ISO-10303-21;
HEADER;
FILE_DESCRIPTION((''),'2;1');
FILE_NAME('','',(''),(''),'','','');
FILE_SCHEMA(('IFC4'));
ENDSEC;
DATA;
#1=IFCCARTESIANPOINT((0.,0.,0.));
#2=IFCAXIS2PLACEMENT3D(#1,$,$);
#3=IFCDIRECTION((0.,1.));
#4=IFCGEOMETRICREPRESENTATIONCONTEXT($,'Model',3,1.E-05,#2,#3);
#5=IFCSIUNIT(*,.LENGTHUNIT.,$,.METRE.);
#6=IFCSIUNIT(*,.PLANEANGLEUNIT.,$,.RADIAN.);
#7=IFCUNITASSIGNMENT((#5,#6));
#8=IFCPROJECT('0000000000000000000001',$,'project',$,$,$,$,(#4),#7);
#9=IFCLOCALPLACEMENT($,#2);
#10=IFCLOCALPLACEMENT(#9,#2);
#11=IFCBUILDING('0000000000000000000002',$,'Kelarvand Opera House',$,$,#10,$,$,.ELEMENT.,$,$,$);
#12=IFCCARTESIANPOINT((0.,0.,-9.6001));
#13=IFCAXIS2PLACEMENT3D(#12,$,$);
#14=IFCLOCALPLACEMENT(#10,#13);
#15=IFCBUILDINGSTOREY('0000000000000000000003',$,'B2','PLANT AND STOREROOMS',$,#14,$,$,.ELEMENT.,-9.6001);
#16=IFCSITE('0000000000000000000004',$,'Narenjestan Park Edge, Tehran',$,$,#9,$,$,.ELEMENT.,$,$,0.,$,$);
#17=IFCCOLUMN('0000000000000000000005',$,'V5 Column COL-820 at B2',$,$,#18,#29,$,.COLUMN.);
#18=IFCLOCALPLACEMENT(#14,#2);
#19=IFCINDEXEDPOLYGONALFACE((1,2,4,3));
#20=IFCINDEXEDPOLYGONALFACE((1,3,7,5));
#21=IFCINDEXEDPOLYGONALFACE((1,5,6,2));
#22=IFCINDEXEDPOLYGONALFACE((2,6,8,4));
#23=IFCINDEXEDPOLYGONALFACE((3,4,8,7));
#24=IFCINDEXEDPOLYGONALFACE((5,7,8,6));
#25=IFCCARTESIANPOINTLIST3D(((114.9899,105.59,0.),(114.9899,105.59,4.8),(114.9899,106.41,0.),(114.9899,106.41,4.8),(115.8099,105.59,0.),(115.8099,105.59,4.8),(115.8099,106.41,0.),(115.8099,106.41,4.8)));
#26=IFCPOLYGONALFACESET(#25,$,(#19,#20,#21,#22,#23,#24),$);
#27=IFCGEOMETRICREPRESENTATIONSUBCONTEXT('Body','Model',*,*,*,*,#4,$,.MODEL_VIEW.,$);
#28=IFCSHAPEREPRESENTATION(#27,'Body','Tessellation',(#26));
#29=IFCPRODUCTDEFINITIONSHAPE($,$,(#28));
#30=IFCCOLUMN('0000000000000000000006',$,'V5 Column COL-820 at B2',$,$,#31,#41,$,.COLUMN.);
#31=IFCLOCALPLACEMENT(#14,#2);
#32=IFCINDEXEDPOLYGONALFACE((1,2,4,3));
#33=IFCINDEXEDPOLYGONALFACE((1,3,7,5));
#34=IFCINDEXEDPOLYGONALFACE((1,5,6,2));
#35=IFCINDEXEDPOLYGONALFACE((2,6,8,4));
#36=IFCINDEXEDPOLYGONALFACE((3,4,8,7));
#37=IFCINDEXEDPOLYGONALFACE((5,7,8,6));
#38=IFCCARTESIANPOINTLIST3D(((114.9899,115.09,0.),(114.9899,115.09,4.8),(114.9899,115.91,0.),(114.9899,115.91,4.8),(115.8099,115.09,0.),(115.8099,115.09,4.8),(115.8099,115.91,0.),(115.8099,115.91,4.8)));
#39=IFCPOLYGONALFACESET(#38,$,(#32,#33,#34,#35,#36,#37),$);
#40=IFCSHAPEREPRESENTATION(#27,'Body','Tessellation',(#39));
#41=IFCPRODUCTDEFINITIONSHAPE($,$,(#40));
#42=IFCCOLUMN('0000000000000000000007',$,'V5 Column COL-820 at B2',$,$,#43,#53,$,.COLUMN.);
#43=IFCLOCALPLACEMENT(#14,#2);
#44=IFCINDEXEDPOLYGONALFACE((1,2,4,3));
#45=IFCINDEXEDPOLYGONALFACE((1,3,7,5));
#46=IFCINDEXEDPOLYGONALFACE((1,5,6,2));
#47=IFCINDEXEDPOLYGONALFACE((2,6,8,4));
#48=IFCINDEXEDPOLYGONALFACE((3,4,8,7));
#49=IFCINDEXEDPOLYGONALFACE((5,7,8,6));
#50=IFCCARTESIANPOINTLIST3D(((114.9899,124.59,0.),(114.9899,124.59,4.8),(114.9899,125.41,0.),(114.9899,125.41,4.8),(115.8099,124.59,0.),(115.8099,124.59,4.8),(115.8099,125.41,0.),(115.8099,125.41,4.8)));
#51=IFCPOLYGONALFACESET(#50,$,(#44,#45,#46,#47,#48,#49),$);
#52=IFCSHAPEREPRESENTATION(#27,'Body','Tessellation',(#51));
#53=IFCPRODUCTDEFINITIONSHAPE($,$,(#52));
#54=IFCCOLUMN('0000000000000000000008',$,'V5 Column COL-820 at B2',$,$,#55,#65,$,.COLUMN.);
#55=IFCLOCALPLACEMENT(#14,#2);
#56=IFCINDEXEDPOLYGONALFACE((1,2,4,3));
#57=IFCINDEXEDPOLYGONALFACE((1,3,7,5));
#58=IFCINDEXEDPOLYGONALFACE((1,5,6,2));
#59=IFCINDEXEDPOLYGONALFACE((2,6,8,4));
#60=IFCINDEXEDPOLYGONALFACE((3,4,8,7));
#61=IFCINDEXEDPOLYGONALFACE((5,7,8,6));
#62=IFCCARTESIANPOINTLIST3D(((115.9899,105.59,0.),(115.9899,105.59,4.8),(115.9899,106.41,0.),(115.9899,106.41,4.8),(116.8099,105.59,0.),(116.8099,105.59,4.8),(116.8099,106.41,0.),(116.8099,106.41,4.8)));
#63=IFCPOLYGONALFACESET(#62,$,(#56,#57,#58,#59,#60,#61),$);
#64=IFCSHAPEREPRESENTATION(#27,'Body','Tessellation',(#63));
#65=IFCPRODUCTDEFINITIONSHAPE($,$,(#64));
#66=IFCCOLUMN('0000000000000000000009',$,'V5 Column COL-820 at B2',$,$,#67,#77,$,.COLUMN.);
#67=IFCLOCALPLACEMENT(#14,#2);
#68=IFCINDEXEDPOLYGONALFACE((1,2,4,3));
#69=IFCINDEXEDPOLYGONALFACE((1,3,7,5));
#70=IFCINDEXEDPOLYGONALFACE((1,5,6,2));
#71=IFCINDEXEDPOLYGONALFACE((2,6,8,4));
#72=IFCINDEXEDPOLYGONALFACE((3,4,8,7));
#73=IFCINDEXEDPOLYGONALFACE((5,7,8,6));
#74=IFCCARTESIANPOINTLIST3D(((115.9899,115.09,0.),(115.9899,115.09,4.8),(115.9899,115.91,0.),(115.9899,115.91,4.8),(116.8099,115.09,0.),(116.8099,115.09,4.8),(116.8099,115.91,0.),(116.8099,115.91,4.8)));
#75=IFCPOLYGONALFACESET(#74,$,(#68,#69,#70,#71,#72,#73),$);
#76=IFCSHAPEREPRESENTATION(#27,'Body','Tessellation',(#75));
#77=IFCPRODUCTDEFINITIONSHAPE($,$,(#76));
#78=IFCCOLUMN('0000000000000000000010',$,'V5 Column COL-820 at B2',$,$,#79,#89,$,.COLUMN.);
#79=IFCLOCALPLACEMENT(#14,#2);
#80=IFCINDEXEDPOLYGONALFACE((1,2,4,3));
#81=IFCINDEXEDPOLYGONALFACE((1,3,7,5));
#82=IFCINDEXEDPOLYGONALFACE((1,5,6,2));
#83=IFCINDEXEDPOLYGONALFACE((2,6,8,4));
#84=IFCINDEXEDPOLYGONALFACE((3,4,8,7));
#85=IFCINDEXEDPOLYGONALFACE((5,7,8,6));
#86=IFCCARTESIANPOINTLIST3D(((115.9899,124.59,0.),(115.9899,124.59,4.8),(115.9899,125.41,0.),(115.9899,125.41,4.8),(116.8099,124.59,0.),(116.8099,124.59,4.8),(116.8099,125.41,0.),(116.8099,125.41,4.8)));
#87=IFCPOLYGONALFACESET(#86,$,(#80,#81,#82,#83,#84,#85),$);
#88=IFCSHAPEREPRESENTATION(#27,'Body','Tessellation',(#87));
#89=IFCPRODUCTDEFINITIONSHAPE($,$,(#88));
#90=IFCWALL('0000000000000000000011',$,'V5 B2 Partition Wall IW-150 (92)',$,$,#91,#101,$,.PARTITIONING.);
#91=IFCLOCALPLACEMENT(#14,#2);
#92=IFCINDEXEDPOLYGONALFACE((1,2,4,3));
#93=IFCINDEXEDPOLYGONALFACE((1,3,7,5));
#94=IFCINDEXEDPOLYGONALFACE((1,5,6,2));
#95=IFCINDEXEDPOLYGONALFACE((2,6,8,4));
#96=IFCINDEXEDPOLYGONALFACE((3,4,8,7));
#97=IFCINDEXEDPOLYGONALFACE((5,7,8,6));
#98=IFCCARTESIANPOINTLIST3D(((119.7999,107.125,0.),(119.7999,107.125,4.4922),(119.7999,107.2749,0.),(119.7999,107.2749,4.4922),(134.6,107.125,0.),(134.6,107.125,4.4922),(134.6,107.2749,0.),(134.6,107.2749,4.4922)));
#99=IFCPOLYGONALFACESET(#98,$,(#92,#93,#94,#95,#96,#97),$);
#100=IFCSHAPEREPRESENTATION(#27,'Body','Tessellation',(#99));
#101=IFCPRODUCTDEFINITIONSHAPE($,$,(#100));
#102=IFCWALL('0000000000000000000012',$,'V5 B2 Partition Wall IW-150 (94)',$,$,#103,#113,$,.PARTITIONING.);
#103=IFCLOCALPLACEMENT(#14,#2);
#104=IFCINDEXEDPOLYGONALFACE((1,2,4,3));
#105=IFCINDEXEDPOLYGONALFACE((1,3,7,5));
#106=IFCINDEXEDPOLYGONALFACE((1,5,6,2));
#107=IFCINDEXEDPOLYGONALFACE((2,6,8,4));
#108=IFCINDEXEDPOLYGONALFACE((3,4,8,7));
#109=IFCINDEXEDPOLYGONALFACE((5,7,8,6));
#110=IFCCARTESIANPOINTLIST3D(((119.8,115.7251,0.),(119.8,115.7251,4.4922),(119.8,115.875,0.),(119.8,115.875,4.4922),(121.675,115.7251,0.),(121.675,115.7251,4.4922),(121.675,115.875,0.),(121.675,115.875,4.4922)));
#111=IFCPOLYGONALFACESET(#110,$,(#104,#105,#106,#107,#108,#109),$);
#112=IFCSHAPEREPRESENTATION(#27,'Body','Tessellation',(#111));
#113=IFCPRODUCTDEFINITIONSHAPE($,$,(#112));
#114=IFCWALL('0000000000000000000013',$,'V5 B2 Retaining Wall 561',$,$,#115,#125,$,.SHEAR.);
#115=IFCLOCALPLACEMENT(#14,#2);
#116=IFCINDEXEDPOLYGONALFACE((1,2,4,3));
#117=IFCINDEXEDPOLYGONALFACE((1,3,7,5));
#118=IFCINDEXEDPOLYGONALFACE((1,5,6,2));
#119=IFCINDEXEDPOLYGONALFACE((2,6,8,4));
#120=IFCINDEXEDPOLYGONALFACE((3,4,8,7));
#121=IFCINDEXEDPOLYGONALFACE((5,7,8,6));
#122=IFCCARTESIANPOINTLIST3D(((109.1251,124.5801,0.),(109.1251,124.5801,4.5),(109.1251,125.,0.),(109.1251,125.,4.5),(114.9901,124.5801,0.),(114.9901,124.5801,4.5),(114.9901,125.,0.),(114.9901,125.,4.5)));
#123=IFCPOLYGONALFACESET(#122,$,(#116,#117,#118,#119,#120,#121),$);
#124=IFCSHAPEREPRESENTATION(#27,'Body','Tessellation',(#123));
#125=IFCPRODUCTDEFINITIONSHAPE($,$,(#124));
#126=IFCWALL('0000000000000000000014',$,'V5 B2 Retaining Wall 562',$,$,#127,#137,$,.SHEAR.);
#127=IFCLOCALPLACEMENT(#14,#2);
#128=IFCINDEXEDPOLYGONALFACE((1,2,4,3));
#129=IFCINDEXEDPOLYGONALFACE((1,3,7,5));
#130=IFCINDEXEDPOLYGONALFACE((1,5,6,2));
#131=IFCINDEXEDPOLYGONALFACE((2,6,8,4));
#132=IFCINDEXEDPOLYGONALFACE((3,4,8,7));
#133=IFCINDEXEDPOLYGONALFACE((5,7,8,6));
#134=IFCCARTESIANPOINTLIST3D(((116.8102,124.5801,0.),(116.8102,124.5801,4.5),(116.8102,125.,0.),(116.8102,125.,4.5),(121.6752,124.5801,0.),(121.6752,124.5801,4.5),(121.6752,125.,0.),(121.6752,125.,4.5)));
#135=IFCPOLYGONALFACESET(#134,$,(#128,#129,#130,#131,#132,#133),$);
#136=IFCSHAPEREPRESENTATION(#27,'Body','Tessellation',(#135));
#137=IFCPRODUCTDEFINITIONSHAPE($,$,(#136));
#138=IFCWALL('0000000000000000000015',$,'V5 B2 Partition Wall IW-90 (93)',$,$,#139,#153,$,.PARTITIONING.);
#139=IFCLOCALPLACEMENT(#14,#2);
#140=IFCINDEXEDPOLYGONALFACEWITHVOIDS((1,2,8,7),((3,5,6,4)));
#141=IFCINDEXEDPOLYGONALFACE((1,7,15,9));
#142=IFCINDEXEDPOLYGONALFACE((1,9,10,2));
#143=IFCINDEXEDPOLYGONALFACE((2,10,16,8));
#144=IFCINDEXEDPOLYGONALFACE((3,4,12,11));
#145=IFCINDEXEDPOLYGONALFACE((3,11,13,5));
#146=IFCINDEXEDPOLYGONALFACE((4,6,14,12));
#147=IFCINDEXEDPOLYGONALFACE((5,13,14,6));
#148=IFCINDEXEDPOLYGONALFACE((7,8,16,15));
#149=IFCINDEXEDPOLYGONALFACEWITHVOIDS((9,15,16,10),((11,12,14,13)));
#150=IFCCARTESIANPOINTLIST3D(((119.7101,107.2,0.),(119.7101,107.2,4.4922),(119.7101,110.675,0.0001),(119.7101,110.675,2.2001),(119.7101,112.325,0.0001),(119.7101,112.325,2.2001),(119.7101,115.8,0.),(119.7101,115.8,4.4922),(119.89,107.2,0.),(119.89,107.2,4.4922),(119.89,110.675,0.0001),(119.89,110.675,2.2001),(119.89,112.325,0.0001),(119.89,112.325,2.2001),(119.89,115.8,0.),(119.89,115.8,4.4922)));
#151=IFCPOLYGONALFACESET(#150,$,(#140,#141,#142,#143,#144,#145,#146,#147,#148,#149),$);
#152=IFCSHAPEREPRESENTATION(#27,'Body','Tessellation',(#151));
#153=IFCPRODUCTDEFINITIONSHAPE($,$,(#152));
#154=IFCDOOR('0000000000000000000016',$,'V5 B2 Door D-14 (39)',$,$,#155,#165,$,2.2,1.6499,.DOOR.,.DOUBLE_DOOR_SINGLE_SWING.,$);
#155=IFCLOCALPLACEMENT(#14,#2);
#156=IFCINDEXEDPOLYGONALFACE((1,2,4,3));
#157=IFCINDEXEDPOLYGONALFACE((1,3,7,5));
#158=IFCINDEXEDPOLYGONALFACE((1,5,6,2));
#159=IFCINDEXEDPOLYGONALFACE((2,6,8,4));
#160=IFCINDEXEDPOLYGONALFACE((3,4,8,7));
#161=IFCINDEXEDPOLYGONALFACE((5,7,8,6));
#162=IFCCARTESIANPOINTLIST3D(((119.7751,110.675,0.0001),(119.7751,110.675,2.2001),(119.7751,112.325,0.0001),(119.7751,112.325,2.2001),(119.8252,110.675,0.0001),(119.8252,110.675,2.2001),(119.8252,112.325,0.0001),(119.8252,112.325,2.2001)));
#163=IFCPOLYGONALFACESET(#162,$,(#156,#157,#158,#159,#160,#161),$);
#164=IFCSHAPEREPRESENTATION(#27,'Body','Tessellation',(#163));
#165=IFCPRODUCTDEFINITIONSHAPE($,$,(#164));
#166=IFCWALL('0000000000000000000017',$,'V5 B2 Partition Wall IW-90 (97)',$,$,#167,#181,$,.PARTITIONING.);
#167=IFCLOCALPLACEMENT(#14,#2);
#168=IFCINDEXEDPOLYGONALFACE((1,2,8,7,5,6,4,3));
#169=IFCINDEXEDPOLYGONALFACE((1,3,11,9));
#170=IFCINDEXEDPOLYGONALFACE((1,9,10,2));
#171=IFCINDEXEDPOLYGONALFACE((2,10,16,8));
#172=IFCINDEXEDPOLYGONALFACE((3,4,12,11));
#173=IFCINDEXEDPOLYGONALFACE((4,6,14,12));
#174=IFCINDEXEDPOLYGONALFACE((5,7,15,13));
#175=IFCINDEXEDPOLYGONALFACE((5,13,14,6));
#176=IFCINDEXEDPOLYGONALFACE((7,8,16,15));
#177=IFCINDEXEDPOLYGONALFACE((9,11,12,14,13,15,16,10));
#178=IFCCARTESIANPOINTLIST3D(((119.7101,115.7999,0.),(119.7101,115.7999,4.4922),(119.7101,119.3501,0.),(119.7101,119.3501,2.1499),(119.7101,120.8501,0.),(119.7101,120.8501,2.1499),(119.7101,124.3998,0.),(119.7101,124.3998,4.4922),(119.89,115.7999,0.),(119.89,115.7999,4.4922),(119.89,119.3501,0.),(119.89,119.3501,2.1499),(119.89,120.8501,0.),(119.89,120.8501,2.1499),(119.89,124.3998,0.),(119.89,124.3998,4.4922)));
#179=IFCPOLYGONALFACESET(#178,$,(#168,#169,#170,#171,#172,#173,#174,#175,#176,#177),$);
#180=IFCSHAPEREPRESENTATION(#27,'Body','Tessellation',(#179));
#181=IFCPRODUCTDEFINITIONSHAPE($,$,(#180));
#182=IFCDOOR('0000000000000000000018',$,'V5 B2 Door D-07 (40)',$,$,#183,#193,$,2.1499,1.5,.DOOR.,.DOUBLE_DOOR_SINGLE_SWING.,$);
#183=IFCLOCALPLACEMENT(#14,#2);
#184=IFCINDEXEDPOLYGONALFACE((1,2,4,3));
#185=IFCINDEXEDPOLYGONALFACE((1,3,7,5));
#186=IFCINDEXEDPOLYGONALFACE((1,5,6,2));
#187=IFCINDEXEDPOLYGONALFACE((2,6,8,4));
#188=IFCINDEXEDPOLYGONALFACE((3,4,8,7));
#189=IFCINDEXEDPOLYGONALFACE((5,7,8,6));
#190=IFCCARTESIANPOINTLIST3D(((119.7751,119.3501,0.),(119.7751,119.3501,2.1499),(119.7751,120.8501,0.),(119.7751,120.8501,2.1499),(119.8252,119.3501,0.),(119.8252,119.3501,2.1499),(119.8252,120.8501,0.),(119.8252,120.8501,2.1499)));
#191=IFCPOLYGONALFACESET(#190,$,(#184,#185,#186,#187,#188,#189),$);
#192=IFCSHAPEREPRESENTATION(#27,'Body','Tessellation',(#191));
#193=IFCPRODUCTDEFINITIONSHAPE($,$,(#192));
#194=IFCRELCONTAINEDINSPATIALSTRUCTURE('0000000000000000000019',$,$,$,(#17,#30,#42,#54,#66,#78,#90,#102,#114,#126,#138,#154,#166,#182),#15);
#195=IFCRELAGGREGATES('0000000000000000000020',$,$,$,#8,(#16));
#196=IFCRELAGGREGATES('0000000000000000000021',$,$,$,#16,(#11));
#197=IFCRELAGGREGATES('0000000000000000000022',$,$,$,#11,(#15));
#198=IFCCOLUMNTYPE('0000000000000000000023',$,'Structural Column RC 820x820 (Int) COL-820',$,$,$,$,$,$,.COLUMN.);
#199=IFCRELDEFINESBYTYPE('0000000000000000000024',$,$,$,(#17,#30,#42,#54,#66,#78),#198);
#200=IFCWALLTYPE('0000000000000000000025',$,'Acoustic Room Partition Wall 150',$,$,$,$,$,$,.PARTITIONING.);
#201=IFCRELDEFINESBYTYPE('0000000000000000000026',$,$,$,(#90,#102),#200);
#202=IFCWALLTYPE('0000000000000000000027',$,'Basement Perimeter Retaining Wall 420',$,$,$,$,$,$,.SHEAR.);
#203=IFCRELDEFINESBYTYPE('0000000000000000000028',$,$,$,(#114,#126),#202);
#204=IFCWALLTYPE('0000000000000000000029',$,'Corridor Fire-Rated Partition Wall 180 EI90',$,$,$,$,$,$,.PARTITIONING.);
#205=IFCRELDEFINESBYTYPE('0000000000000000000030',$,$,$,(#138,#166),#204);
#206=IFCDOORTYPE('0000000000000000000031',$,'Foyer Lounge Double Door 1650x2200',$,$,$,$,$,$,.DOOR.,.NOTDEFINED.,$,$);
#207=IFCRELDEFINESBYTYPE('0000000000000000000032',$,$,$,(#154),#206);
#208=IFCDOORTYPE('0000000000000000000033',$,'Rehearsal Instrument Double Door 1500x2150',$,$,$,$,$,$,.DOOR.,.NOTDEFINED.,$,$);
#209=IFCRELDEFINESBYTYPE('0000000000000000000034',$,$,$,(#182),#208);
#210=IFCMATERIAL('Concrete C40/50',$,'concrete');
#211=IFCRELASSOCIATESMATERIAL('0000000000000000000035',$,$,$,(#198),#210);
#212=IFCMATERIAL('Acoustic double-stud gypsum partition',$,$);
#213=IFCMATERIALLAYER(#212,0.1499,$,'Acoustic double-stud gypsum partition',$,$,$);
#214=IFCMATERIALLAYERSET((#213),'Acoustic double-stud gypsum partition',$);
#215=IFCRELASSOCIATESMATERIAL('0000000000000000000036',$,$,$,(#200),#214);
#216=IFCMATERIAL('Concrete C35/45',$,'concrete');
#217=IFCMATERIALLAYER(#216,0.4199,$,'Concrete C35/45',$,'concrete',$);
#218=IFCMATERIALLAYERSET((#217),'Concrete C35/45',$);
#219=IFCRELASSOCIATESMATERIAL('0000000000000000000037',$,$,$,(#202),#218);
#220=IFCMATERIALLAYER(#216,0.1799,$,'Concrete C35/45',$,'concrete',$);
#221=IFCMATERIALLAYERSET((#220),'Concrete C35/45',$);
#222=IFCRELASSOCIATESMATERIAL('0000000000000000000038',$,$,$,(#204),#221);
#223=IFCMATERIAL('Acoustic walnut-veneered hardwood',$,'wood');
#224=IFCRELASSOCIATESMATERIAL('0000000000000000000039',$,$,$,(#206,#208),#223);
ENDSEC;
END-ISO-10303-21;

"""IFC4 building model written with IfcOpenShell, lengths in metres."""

from ifc_helpers import new_model, si_unit, direction, frame, frame_2d, origin, origin_2d, place, context, subcontext, project, spatial, rectangle, extrude, material, layer, layer_set, material_profile, profile_set, type_object, element, fill, save


model = new_model("IFC4")

# Units and contexts
model_context = context("Model", 3, precision=1e-05, world=origin(), true_north=direction((0.0, 1.0)))
body_context = subcontext(model_context, "Body", "Model", "MODEL_VIEW")
ifc_project = project(units=[si_unit("LENGTHUNIT", "METRE"), si_unit("PLANEANGLEUNIT", "RADIAN")], contexts=[model_context])

# Site, building, storey
site_placement = place(None, origin())
site = spatial("IfcSite", under=ifc_project, at=site_placement, Name="Narenjestan Park Edge, Tehran", CompositionType="ELEMENT", RefElevation=0.0)
building_placement = place(site_placement, origin())
building = spatial("IfcBuilding", under=site, at=building_placement, Name="Kelarvand Opera House", CompositionType="ELEMENT")
storey_placement = place(building_placement, frame((0.0, 0.0, -9.6001)))
storey = spatial("IfcBuildingStorey", under=building, at=storey_placement, Name="B2", Description="PLANT AND STOREROOMS", CompositionType="ELEMENT", Elevation=-9.6001)

# Shared definitions
ifc_material_1 = material(Name="Concrete C40/50", Category="concrete")

# Columns
ifc_material_profile_1 = material_profile(ifc_material_1, rectangle(XDim=0.8201, YDim=0.8201, at=origin_2d()), Name="RC 820x820", Category="concrete")
ifc_profile_set_1 = profile_set([ifc_material_profile_1], Name="Concrete C40/50")
column_type_1 = type_object("IfcColumnType", Name="Structural Column RC 820x820 (Int) COL-820", PredefinedType="COLUMN", material=ifc_profile_set_1)
for number, where, z_axis, x_axis, name in (
    (1, (115.3999, 106.0, 0.0), (0.0, 0.0, 1.0), (1.0, 0.0, 0.0), "V5 Column COL-820 at B2"),
    (2, (115.3999, 115.5, 0.0), (0.0, 0.0, 1.0), (1.0, 0.0, 0.0), "V5 Column COL-820 at B2"),
    (3, (115.3999, 125.0, 0.0), (0.0, 0.0, 1.0), (1.0, 0.0, 0.0), "V5 Column COL-820 at B2"),
    (4, (116.3999, 106.0, 0.0), (0.0, 0.0, 1.0), (1.0, 0.0, 0.0), "V5 Column COL-820 at B2"),
    (5, (116.3999, 115.5, 0.0), (0.0, 0.0, 1.0), (1.0, 0.0, 0.0), "V5 Column COL-820 at B2"),
    (6, (116.3999, 125.0, 0.0), (0.0, 0.0, 1.0), (1.0, 0.0, 0.0), "V5 Column COL-820 at B2"),
):
    element("IfcColumn", number, at=place(storey_placement, frame(where, z_axis=z_axis, x_axis=x_axis)), inside=storey, type_object=column_type_1, Name=name, PredefinedType="COLUMN", context=body_context, shape_type="SweptSolid", body=[
        extrude(rectangle(XDim=0.8201, YDim=0.8201, at=origin_2d()), origin(), (0.0, 0.0, 1.0), 4.8),
    ])

# Walls
ifc_material_2 = material(Name="Acoustic double-stud gypsum partition")
ifc_layer_1 = layer(ifc_material_2, 0.1499, Name="Acoustic double-stud gypsum partition")
ifc_layer_set_1 = layer_set([ifc_layer_1], Name="Acoustic double-stud gypsum partition")
wall_type_1 = type_object("IfcWallType", Name="Acoustic Room Partition Wall 150", PredefinedType="PARTITIONING", material=ifc_layer_set_1)
wall_1_placement = place(storey_placement, frame((119.8, 107.2, 0.0), z_axis=(0.0, 0.0, 1.0), x_axis=(1.0, 0.0, 0.0)))
element("IfcWall", 7, at=wall_1_placement, inside=storey, type_object=wall_type_1, Name="V5 B2 Partition Wall IW-150 (92)", PredefinedType="PARTITIONING", context=body_context, shape_type="SweptSolid", body=[
    extrude(rectangle(XDim=14.8, YDim=0.1499, at=frame_2d((7.3999, 0.0))), origin(), (0.0, 0.0, 1.0), 4.4922),
])
wall_2_placement = place(storey_placement, frame((119.8, 115.8, 0.0), z_axis=(0.0, 0.0, 1.0), x_axis=(1.0, 0.0, 0.0)))
element("IfcWall", 8, at=wall_2_placement, inside=storey, type_object=wall_type_1, Name="V5 B2 Partition Wall IW-150 (94)", PredefinedType="PARTITIONING", context=body_context, shape_type="SweptSolid", body=[
    extrude(rectangle(XDim=1.875, YDim=0.1499, at=frame_2d((0.9375, 0.0))), origin(), (0.0, 0.0, 1.0), 4.4922),
])
ifc_material_3 = material(Name="Concrete C35/45", Category="concrete")
ifc_layer_2 = layer(ifc_material_3, 0.4199, Name="Concrete C35/45", Category="concrete")
ifc_layer_set_2 = layer_set([ifc_layer_2], Name="Concrete C35/45")
wall_type_2 = type_object("IfcWallType", Name="Basement Perimeter Retaining Wall 420", PredefinedType="SHEAR", material=ifc_layer_set_2)
wall_3_placement = place(storey_placement, frame((109.125, 124.79, 0.0), z_axis=(0.0, 0.0, 1.0), x_axis=(1.0, 0.0, 0.0)))
element("IfcWall", 9, at=wall_3_placement, inside=storey, type_object=wall_type_2, Name="V5 B2 Retaining Wall 561", PredefinedType="SHEAR", context=body_context, shape_type="SweptSolid", body=[
    extrude(rectangle(XDim=5.865, YDim=0.4199, at=frame_2d((2.9326, 0.0))), origin(), (0.0, 0.0, 1.0), 4.5),
])
wall_4_placement = place(storey_placement, frame((116.8101, 124.79, 0.0), z_axis=(0.0, 0.0, 1.0), x_axis=(1.0, 0.0, 0.0)))
element("IfcWall", 10, at=wall_4_placement, inside=storey, type_object=wall_type_2, Name="V5 B2 Retaining Wall 562", PredefinedType="SHEAR", context=body_context, shape_type="SweptSolid", body=[
    extrude(rectangle(XDim=4.865, YDim=0.4199, at=frame_2d((2.4326, 0.0))), origin(), (0.0, 0.0, 1.0), 4.5),
])

# Walls, openings, doors
ifc_layer_3 = layer(ifc_material_3, 0.1799, Name="Concrete C35/45", Category="concrete")
ifc_layer_set_3 = layer_set([ifc_layer_3], Name="Concrete C35/45")
wall_type_3 = type_object("IfcWallType", Name="Corridor Fire-Rated Partition Wall 180 EI90", PredefinedType="PARTITIONING", material=ifc_layer_set_3)
wall_5_placement = place(storey_placement, frame((119.8, 107.2, 0.0), z_axis=(0.0, 0.0, 1.0), x_axis=(0.0, 1.0, 0.0)))
wall_5 = element("IfcWall", 11, at=wall_5_placement, inside=storey, type_object=wall_type_3, Name="V5 B2 Partition Wall IW-90 (93)", PredefinedType="PARTITIONING", context=body_context, shape_type="SweptSolid", body=[
    extrude(rectangle(XDim=8.6001, YDim=0.1799, at=frame_2d((4.3, 0.0))), origin(), (0.0, 0.0, 1.0), 4.4922),
])
opening_1_placement = place(wall_5_placement, frame((3.4751, 0.0, 0.0)))
opening_1 = element("IfcOpeningElement", 12, at=opening_1_placement, cuts=wall_5, PredefinedType="OPENING", context=body_context, shape_type="SweptSolid", body=[
    extrude(rectangle(XDim=1.6499, YDim=2.2, at=frame_2d((0.825, 1.1001))), frame((0.0, 0.1001, 0.0), z_axis=(0.0, -1.0, 0.0), x_axis=(1.0, 0.0, 0.0)), (0.0, 0.0, 1.0), 0.2),
])
ifc_material_4 = material(Name="Acoustic walnut-veneered hardwood", Category="wood")
door_type_1 = type_object("IfcDoorType", Name="Foyer Lounge Double Door 1650x2200", OperationType="NOTDEFINED", PredefinedType="DOOR", material=ifc_material_4)
door_1_placement = place(opening_1_placement, origin())
door_1 = element("IfcDoor", 13, at=door_1_placement, inside=storey, type_object=door_type_1, Name="V5 B2 Door D-14 (39)", OperationType="DOUBLE_DOOR_SINGLE_SWING", OverallHeight=2.2, OverallWidth=1.6499, PredefinedType="DOOR", context=body_context, shape_type="SweptSolid", body=[
    extrude(rectangle(XDim=1.6499, YDim=2.2, at=frame_2d((0.825, 1.1001))), frame((0.0, 0.0249, 0.0), z_axis=(0.0, -1.0, 0.0), x_axis=(1.0, 0.0, 0.0)), (0.0, 0.0, 1.0), 0.05),
])
fill(opening_1, door_1)
wall_6_placement = place(storey_placement, frame((119.8, 115.8, 0.0), z_axis=(0.0, 0.0, 1.0), x_axis=(0.0, 1.0, 0.0)))
wall_6 = element("IfcWall", 14, at=wall_6_placement, inside=storey, type_object=wall_type_3, Name="V5 B2 Partition Wall IW-90 (97)", PredefinedType="PARTITIONING", context=body_context, shape_type="SweptSolid", body=[
    extrude(rectangle(XDim=8.5999, YDim=0.1799, at=frame_2d((4.2998, 0.0))), origin(), (0.0, 0.0, 1.0), 4.4922),
])
opening_2_placement = place(wall_6_placement, frame((3.55, 0.0, 0.0)))
opening_2 = element("IfcOpeningElement", 15, at=opening_2_placement, cuts=wall_6, PredefinedType="OPENING", context=body_context, shape_type="SweptSolid", body=[
    extrude(rectangle(XDim=1.5, YDim=2.1499, at=frame_2d((0.75, 1.075))), frame((0.0, 0.1001, 0.0), z_axis=(0.0, -1.0, 0.0), x_axis=(1.0, 0.0, 0.0)), (0.0, 0.0, 1.0), 0.2),
])
door_type_2 = type_object("IfcDoorType", Name="Rehearsal Instrument Double Door 1500x2150", OperationType="NOTDEFINED", PredefinedType="DOOR", material=ifc_material_4)
door_2_placement = place(opening_2_placement, origin())
door_2 = element("IfcDoor", 16, at=door_2_placement, inside=storey, type_object=door_type_2, Name="V5 B2 Door D-07 (40)", OperationType="DOUBLE_DOOR_SINGLE_SWING", OverallHeight=2.1499, OverallWidth=1.5, PredefinedType="DOOR", context=body_context, shape_type="SweptSolid", body=[
    extrude(rectangle(XDim=1.5, YDim=2.1499, at=frame_2d((0.75, 1.075))), frame((0.0, 0.0249, 0.0), z_axis=(0.0, -1.0, 0.0), x_axis=(1.0, 0.0, 0.0)), (0.0, 0.0, 1.0), 0.05),
])
fill(opening_2, door_2)

save(model, "model.ifc")
